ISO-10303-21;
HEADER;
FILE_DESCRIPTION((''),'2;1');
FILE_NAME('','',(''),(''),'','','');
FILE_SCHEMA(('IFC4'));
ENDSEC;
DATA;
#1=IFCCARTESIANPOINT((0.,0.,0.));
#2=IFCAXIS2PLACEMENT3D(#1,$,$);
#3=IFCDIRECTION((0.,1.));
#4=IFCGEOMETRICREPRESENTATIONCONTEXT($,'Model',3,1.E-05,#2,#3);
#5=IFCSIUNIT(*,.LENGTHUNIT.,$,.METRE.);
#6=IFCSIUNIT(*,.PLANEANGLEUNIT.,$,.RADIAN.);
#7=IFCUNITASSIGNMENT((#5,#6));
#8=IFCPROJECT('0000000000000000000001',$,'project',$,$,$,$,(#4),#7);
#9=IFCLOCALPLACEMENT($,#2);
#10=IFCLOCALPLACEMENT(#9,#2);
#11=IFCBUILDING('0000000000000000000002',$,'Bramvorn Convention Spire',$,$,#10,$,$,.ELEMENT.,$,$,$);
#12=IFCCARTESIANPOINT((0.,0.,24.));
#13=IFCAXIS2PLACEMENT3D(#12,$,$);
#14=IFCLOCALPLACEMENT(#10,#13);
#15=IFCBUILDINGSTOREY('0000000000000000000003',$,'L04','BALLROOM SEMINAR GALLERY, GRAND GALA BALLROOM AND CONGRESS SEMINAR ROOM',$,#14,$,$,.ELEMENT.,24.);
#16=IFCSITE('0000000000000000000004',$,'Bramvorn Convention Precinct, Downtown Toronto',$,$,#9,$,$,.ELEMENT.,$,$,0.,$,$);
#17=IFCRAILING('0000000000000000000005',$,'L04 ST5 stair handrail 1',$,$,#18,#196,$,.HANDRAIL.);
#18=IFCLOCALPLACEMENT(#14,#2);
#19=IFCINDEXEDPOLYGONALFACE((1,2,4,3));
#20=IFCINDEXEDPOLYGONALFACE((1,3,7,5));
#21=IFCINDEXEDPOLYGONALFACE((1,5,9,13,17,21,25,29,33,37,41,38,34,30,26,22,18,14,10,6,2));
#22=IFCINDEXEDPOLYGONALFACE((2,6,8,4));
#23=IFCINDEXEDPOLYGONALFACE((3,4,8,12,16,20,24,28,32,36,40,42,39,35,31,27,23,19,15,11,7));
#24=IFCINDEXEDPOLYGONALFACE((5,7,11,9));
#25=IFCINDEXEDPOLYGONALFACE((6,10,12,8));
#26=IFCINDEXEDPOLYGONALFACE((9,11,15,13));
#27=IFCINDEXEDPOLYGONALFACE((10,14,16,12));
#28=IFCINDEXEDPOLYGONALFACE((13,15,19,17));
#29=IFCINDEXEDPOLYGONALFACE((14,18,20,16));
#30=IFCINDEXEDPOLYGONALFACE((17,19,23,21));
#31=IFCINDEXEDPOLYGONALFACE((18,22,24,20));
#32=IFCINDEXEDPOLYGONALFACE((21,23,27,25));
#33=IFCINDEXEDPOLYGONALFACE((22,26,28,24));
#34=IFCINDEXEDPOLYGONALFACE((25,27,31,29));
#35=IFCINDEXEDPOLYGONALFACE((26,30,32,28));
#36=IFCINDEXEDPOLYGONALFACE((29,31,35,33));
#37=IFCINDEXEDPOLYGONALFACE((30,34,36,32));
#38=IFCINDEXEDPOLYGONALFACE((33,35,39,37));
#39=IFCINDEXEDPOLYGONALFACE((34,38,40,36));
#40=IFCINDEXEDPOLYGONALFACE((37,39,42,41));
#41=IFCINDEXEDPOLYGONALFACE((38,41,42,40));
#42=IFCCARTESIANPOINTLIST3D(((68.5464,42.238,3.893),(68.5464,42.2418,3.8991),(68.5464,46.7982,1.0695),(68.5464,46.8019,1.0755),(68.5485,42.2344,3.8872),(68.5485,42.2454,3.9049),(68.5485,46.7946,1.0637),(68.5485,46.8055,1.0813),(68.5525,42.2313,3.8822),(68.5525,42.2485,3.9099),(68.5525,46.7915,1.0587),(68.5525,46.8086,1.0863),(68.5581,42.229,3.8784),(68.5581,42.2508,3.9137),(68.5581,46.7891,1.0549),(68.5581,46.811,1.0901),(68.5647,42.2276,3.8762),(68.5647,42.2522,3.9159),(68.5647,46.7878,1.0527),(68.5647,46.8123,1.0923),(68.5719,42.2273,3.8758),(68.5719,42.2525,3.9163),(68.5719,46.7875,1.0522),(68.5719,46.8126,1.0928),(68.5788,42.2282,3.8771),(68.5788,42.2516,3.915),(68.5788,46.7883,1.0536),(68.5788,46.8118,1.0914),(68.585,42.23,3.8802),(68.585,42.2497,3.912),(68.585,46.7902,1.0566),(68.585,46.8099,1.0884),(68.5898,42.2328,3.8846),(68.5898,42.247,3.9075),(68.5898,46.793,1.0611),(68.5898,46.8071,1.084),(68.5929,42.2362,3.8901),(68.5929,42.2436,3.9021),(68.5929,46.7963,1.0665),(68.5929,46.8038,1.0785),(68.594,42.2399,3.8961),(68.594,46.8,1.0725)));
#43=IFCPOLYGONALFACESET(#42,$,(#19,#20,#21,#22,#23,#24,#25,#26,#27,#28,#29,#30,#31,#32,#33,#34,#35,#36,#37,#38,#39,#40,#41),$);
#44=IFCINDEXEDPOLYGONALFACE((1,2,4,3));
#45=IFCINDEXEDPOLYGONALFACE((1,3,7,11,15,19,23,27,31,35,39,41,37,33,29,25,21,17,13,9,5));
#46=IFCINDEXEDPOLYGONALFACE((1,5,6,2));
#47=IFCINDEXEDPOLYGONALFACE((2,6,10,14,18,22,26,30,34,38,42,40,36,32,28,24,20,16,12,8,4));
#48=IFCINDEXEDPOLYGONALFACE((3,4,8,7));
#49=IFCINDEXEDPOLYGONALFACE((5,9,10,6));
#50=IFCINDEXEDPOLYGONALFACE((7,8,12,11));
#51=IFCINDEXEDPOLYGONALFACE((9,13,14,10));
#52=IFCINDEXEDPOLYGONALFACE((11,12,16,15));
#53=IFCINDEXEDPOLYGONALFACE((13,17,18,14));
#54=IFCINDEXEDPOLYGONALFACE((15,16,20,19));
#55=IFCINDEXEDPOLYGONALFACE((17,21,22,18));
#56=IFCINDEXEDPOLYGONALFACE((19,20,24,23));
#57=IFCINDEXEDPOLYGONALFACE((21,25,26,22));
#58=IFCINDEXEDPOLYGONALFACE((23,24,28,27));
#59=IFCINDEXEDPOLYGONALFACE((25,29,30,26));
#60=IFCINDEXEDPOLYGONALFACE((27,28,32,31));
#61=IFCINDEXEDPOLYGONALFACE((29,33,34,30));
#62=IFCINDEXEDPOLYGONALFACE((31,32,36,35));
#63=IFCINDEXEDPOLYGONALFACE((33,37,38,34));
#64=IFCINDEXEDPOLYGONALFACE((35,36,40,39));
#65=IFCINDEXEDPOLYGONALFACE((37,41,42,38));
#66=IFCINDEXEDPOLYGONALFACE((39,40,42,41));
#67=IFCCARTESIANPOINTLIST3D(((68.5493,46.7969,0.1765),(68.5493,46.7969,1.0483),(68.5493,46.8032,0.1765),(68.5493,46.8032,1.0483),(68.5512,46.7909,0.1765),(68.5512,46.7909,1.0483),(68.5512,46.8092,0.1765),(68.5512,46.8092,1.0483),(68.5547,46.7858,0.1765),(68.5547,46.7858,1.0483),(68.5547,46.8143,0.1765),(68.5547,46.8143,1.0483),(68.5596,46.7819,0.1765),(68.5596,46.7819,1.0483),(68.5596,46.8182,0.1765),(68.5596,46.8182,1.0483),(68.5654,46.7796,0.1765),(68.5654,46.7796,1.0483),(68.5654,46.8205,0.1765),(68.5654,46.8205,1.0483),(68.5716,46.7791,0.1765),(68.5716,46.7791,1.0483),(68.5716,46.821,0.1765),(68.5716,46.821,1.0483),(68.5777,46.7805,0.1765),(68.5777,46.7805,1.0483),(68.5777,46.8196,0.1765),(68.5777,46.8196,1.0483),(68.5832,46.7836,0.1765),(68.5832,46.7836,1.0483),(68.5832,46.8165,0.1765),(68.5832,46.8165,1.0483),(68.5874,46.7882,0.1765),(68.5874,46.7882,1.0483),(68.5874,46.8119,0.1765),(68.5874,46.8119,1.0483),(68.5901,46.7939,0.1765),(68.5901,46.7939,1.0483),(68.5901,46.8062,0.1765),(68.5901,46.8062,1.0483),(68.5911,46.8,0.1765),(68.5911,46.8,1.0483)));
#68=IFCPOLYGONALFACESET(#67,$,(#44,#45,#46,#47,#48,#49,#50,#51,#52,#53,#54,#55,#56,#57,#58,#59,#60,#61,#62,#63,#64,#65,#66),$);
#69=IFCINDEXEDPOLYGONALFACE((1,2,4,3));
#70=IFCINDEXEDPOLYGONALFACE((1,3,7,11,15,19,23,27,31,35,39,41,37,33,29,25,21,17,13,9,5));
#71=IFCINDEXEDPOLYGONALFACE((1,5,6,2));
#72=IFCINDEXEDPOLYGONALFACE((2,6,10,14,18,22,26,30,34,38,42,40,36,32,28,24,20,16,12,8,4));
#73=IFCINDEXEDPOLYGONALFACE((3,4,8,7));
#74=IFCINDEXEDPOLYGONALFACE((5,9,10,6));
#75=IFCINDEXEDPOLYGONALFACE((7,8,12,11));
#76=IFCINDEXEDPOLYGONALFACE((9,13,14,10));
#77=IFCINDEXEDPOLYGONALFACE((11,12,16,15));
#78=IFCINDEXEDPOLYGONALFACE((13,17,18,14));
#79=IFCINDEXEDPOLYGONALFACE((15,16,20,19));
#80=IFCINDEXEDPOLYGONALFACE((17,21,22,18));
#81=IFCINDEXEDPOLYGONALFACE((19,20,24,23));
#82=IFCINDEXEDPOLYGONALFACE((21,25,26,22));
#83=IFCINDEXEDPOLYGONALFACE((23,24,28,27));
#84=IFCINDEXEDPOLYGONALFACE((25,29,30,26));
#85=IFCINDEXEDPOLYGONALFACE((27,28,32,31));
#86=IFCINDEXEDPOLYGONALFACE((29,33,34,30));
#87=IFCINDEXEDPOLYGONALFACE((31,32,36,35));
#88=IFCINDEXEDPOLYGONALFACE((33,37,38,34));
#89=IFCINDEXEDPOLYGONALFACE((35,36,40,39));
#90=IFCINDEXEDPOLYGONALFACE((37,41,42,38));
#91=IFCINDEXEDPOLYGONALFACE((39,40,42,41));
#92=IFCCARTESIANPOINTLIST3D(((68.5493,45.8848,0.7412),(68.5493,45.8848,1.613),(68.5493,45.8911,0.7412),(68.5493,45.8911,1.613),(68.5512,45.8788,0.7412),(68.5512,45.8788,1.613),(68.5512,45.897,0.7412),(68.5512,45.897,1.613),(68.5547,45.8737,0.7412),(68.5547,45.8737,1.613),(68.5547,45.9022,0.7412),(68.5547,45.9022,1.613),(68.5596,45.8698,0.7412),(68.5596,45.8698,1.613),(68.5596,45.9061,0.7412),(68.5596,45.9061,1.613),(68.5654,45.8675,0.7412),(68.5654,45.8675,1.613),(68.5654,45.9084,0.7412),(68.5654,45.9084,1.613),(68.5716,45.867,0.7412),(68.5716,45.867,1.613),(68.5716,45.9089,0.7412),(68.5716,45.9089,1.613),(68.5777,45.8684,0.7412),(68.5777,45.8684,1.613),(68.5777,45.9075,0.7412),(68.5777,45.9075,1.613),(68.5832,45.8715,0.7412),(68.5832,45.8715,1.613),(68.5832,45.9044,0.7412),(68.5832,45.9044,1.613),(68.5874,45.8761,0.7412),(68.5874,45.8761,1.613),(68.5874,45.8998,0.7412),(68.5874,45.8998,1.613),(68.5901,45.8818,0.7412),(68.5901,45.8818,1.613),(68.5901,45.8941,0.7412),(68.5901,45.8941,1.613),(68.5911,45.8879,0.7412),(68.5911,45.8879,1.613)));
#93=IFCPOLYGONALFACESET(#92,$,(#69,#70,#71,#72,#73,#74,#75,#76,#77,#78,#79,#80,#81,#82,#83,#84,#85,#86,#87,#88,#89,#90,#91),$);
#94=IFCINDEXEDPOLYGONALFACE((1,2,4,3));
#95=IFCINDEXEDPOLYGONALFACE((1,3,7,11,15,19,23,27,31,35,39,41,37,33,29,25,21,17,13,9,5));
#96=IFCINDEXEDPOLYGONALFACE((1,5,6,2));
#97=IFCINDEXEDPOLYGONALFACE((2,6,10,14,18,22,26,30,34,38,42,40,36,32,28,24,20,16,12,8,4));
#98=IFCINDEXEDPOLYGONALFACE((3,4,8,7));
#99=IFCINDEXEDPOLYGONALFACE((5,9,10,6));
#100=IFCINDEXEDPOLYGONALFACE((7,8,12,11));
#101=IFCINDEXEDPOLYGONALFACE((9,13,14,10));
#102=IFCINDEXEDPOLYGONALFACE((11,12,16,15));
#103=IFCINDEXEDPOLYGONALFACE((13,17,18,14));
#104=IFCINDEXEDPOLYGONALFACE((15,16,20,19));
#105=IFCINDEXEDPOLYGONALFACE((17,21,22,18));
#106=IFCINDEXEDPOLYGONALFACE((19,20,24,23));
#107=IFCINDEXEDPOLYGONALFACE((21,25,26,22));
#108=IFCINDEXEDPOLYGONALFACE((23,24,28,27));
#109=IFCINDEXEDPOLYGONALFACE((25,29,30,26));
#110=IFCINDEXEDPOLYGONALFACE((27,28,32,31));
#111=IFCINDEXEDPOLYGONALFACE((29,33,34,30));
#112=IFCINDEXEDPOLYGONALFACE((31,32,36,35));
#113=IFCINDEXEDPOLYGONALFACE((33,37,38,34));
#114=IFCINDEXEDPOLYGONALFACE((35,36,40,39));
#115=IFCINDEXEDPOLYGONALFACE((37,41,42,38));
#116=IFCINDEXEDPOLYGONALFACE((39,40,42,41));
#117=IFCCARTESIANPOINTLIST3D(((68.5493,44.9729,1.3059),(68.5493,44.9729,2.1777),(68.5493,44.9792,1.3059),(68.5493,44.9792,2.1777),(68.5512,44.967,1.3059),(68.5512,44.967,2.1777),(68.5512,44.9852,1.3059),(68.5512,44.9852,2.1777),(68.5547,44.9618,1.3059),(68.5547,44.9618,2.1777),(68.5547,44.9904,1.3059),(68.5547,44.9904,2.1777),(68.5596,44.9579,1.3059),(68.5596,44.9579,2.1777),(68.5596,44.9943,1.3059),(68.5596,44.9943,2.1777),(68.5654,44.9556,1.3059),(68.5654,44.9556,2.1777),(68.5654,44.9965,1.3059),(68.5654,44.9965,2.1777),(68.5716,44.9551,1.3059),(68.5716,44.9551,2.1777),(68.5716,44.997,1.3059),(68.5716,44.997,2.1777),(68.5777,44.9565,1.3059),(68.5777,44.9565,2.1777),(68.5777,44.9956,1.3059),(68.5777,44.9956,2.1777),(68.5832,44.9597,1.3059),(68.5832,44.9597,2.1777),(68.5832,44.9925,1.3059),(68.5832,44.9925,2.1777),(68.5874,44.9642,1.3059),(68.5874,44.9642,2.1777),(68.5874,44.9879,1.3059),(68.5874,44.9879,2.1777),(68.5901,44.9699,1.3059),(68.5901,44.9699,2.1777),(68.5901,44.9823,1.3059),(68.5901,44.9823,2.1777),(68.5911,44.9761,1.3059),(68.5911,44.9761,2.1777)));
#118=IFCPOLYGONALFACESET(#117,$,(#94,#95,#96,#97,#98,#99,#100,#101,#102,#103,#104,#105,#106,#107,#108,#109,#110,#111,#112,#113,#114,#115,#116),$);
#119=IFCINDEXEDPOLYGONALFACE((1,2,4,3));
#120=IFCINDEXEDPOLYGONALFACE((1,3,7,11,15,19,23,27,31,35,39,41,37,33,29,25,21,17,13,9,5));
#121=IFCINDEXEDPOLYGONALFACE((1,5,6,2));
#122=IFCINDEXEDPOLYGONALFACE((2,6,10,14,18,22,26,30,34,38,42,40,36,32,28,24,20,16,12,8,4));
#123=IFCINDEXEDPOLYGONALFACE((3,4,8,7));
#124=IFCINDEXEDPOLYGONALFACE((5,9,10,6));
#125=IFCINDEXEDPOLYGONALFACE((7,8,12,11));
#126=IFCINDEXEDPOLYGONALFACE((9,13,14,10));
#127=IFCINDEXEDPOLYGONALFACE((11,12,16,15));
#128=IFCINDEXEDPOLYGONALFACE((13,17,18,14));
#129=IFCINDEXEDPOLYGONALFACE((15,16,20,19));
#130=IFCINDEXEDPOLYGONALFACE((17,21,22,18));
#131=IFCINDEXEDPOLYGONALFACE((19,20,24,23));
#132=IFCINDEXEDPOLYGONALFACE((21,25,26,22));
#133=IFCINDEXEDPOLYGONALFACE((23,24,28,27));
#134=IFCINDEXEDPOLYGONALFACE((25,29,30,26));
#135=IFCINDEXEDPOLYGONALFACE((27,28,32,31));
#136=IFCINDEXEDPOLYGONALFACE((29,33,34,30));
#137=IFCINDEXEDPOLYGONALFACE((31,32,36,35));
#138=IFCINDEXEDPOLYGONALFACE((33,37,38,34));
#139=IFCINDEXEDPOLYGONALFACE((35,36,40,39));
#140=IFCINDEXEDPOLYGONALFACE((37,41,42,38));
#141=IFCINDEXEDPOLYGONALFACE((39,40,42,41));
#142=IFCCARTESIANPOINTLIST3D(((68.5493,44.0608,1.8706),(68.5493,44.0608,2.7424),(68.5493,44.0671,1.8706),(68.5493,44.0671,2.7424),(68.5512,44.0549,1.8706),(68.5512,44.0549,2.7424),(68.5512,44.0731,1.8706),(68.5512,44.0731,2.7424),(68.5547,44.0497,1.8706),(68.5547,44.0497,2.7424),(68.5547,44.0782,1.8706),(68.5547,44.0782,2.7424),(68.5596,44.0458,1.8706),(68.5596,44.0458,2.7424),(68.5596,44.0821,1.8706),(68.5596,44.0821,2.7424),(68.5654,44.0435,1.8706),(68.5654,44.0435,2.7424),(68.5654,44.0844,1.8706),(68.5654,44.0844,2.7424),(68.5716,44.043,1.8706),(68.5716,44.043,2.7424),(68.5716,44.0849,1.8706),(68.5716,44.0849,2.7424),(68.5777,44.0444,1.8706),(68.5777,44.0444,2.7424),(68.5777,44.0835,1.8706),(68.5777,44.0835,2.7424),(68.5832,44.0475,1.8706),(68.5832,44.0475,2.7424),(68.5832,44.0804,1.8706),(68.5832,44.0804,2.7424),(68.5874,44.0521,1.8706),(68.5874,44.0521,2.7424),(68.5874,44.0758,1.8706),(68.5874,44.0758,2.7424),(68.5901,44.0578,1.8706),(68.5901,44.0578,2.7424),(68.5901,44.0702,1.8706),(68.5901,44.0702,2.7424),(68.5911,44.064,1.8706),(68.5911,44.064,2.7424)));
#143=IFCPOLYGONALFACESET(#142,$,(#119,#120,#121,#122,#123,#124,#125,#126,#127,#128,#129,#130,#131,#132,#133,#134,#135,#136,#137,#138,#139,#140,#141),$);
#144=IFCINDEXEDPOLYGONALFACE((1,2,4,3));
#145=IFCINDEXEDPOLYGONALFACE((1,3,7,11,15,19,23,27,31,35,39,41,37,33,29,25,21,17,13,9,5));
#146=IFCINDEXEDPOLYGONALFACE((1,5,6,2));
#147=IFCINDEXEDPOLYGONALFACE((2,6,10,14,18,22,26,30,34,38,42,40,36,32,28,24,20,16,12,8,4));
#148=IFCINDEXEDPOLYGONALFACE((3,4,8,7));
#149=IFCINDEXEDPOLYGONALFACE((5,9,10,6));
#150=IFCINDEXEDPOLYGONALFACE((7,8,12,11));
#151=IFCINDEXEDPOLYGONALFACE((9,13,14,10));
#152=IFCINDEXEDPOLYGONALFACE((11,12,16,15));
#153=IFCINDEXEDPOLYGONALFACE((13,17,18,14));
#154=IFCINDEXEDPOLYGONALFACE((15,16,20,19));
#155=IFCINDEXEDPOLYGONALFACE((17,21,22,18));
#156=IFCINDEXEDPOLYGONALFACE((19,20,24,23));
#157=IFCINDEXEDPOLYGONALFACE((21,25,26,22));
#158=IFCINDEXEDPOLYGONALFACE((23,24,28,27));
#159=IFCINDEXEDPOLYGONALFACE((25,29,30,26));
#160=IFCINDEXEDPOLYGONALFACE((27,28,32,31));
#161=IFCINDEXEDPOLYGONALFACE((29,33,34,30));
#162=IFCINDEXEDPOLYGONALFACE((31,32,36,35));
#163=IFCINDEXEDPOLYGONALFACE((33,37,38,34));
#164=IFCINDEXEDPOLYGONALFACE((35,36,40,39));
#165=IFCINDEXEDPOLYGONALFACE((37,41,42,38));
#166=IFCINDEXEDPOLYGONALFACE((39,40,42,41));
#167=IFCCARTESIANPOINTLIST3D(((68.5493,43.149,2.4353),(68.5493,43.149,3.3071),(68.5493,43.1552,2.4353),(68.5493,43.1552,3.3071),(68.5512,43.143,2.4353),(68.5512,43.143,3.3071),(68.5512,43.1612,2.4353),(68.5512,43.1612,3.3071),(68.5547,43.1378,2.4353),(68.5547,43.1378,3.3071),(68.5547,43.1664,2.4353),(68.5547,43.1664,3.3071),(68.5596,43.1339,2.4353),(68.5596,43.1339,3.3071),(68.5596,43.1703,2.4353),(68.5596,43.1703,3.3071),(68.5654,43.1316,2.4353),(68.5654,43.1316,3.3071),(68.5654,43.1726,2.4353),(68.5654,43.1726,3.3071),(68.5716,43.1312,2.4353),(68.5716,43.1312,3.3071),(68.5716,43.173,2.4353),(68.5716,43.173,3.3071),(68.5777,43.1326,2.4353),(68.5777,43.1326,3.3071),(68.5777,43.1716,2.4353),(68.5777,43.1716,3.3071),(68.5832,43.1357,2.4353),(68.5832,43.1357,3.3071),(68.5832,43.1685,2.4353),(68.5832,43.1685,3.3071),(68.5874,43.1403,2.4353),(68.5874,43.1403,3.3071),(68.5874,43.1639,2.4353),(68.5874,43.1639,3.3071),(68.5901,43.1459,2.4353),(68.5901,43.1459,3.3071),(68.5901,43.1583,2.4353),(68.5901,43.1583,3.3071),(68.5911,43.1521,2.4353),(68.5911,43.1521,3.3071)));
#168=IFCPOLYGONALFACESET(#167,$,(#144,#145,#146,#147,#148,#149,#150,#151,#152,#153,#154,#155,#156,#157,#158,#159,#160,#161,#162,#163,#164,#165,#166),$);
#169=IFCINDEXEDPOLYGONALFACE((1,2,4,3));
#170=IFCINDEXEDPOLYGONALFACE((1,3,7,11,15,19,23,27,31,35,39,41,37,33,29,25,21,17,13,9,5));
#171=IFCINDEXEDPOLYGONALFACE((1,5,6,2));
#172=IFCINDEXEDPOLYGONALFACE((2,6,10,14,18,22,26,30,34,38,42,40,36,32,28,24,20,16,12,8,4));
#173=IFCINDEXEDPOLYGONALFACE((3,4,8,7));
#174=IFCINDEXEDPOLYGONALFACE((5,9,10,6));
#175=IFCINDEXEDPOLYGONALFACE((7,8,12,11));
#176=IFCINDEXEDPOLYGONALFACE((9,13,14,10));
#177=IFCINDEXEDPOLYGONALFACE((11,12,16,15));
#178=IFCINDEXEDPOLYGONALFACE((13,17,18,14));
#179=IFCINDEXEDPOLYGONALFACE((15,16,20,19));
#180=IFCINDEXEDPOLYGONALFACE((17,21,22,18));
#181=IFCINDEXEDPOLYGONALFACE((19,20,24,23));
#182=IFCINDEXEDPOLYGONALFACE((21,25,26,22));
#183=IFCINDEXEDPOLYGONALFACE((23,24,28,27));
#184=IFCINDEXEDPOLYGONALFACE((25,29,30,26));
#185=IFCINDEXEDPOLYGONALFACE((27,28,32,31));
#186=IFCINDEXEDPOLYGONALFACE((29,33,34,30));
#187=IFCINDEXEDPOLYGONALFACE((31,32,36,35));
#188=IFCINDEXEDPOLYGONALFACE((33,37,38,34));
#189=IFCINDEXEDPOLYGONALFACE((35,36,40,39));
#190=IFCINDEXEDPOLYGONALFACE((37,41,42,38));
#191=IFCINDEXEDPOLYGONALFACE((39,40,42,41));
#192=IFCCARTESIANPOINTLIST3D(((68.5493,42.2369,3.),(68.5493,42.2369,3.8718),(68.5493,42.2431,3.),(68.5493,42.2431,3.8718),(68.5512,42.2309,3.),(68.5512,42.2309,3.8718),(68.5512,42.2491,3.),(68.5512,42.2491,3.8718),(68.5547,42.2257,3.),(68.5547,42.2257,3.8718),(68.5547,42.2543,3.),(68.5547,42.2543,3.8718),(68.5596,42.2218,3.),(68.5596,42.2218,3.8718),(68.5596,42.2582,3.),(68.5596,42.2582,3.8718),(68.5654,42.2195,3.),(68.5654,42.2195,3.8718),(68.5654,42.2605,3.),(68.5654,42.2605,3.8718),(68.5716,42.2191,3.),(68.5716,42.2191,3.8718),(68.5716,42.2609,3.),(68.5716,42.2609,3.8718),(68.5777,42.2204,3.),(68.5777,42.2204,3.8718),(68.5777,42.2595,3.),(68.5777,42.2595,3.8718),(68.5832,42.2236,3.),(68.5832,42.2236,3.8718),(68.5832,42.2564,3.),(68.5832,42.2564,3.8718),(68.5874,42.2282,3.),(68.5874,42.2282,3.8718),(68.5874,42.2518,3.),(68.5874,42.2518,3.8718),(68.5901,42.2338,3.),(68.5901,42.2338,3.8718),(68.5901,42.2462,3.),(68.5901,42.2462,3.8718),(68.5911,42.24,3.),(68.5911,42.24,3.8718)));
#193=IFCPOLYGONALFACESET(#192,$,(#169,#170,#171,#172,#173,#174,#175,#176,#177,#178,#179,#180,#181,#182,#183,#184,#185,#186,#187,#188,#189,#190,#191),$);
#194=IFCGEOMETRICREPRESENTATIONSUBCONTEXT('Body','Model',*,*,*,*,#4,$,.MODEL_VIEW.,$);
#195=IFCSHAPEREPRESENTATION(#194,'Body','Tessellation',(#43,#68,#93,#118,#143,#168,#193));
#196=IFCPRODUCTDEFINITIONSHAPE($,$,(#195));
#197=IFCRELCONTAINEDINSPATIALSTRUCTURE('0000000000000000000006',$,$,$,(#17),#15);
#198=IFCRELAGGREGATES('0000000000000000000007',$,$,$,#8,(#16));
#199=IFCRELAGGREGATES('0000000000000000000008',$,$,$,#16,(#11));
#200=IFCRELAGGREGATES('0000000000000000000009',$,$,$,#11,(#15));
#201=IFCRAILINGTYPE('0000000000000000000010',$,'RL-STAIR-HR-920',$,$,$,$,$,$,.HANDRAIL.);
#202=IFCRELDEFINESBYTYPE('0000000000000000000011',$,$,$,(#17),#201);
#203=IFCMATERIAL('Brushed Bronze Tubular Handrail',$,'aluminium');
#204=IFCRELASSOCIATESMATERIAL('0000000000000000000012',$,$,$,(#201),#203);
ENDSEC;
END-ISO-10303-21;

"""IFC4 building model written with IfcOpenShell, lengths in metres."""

from ifc_helpers import new_model, si_unit, direction, frame, origin, origin_2d, place, context, subcontext, project, spatial, circle, extrude, material, type_object, element, save


model = new_model("IFC4")

# Units and contexts
model_context = context("Model", 3, precision=1e-05, world=origin(), true_north=direction((0.0, 1.0)))
body_context = subcontext(model_context, "Body", "Model", "MODEL_VIEW")
ifc_project = project(units=[si_unit("LENGTHUNIT", "METRE"), si_unit("PLANEANGLEUNIT", "RADIAN")], contexts=[model_context])

# Site, building, storey
site_placement = place(None, origin())
site = spatial("IfcSite", under=ifc_project, at=site_placement, Name="Bramvorn Convention Precinct, Downtown Toronto", CompositionType="ELEMENT", RefElevation=0.0)
building_placement = place(site_placement, origin())
building = spatial("IfcBuilding", under=site, at=building_placement, Name="Bramvorn Convention Spire", CompositionType="ELEMENT")
storey_placement = place(building_placement, frame((0.0, 0.0, 24.0)))
storey = spatial("IfcBuildingStorey", under=building, at=storey_placement, Name="L04", Description="BALLROOM SEMINAR GALLERY, GRAND GALA BALLROOM AND CONGRESS SEMINAR ROOM", CompositionType="ELEMENT", Elevation=24.0)

# Railing
ifc_material_1 = material(Name="Brushed Bronze Tubular Handrail", Category="aluminium")
railing_type_1 = type_object("IfcRailingType", Name="RL-STAIR-HR-920", PredefinedType="HANDRAIL", material=ifc_material_1)
railing_1_placement = place(storey_placement, frame((68.5701, 46.8, 0.1765)))
element("IfcRailing", 1, at=railing_1_placement, inside=storey, type_object=railing_type_1, Name="L04 ST5 stair handrail 1", PredefinedType="HANDRAIL", context=body_context, shape_type="SweptSolid", body=[
    extrude(circle(Radius=0.0239, at=origin_2d()), frame((0.0, 0.0, 0.896), z_axis=(0.0, -0.850216, 0.526435), x_axis=(1.0, 0.0, 0.0)), (0.0, 0.0, 1.0), 5.3635),
    extrude(circle(Radius=0.021, at=origin_2d()), origin(), (0.0, 0.0, 1.0), 0.8718),
    extrude(circle(Radius=0.021, at=origin_2d()), frame((0.0, -0.9121, 0.5647)), (0.0, 0.0, 1.0), 0.8718),
    extrude(circle(Radius=0.021, at=origin_2d()), frame((0.0, -1.824, 1.1294)), (0.0, 0.0, 1.0), 0.8718),
    extrude(circle(Radius=0.021, at=origin_2d()), frame((0.0, -2.7361, 1.6941)), (0.0, 0.0, 1.0), 0.8718),
    extrude(circle(Radius=0.021, at=origin_2d()), frame((0.0, -3.6479, 2.2588)), (0.0, 0.0, 1.0), 0.8718),
    extrude(circle(Radius=0.021, at=origin_2d()), frame((0.0, -4.5601, 2.8235)), (0.0, 0.0, 1.0), 0.8718),
])

save(model, "model.ifc")
